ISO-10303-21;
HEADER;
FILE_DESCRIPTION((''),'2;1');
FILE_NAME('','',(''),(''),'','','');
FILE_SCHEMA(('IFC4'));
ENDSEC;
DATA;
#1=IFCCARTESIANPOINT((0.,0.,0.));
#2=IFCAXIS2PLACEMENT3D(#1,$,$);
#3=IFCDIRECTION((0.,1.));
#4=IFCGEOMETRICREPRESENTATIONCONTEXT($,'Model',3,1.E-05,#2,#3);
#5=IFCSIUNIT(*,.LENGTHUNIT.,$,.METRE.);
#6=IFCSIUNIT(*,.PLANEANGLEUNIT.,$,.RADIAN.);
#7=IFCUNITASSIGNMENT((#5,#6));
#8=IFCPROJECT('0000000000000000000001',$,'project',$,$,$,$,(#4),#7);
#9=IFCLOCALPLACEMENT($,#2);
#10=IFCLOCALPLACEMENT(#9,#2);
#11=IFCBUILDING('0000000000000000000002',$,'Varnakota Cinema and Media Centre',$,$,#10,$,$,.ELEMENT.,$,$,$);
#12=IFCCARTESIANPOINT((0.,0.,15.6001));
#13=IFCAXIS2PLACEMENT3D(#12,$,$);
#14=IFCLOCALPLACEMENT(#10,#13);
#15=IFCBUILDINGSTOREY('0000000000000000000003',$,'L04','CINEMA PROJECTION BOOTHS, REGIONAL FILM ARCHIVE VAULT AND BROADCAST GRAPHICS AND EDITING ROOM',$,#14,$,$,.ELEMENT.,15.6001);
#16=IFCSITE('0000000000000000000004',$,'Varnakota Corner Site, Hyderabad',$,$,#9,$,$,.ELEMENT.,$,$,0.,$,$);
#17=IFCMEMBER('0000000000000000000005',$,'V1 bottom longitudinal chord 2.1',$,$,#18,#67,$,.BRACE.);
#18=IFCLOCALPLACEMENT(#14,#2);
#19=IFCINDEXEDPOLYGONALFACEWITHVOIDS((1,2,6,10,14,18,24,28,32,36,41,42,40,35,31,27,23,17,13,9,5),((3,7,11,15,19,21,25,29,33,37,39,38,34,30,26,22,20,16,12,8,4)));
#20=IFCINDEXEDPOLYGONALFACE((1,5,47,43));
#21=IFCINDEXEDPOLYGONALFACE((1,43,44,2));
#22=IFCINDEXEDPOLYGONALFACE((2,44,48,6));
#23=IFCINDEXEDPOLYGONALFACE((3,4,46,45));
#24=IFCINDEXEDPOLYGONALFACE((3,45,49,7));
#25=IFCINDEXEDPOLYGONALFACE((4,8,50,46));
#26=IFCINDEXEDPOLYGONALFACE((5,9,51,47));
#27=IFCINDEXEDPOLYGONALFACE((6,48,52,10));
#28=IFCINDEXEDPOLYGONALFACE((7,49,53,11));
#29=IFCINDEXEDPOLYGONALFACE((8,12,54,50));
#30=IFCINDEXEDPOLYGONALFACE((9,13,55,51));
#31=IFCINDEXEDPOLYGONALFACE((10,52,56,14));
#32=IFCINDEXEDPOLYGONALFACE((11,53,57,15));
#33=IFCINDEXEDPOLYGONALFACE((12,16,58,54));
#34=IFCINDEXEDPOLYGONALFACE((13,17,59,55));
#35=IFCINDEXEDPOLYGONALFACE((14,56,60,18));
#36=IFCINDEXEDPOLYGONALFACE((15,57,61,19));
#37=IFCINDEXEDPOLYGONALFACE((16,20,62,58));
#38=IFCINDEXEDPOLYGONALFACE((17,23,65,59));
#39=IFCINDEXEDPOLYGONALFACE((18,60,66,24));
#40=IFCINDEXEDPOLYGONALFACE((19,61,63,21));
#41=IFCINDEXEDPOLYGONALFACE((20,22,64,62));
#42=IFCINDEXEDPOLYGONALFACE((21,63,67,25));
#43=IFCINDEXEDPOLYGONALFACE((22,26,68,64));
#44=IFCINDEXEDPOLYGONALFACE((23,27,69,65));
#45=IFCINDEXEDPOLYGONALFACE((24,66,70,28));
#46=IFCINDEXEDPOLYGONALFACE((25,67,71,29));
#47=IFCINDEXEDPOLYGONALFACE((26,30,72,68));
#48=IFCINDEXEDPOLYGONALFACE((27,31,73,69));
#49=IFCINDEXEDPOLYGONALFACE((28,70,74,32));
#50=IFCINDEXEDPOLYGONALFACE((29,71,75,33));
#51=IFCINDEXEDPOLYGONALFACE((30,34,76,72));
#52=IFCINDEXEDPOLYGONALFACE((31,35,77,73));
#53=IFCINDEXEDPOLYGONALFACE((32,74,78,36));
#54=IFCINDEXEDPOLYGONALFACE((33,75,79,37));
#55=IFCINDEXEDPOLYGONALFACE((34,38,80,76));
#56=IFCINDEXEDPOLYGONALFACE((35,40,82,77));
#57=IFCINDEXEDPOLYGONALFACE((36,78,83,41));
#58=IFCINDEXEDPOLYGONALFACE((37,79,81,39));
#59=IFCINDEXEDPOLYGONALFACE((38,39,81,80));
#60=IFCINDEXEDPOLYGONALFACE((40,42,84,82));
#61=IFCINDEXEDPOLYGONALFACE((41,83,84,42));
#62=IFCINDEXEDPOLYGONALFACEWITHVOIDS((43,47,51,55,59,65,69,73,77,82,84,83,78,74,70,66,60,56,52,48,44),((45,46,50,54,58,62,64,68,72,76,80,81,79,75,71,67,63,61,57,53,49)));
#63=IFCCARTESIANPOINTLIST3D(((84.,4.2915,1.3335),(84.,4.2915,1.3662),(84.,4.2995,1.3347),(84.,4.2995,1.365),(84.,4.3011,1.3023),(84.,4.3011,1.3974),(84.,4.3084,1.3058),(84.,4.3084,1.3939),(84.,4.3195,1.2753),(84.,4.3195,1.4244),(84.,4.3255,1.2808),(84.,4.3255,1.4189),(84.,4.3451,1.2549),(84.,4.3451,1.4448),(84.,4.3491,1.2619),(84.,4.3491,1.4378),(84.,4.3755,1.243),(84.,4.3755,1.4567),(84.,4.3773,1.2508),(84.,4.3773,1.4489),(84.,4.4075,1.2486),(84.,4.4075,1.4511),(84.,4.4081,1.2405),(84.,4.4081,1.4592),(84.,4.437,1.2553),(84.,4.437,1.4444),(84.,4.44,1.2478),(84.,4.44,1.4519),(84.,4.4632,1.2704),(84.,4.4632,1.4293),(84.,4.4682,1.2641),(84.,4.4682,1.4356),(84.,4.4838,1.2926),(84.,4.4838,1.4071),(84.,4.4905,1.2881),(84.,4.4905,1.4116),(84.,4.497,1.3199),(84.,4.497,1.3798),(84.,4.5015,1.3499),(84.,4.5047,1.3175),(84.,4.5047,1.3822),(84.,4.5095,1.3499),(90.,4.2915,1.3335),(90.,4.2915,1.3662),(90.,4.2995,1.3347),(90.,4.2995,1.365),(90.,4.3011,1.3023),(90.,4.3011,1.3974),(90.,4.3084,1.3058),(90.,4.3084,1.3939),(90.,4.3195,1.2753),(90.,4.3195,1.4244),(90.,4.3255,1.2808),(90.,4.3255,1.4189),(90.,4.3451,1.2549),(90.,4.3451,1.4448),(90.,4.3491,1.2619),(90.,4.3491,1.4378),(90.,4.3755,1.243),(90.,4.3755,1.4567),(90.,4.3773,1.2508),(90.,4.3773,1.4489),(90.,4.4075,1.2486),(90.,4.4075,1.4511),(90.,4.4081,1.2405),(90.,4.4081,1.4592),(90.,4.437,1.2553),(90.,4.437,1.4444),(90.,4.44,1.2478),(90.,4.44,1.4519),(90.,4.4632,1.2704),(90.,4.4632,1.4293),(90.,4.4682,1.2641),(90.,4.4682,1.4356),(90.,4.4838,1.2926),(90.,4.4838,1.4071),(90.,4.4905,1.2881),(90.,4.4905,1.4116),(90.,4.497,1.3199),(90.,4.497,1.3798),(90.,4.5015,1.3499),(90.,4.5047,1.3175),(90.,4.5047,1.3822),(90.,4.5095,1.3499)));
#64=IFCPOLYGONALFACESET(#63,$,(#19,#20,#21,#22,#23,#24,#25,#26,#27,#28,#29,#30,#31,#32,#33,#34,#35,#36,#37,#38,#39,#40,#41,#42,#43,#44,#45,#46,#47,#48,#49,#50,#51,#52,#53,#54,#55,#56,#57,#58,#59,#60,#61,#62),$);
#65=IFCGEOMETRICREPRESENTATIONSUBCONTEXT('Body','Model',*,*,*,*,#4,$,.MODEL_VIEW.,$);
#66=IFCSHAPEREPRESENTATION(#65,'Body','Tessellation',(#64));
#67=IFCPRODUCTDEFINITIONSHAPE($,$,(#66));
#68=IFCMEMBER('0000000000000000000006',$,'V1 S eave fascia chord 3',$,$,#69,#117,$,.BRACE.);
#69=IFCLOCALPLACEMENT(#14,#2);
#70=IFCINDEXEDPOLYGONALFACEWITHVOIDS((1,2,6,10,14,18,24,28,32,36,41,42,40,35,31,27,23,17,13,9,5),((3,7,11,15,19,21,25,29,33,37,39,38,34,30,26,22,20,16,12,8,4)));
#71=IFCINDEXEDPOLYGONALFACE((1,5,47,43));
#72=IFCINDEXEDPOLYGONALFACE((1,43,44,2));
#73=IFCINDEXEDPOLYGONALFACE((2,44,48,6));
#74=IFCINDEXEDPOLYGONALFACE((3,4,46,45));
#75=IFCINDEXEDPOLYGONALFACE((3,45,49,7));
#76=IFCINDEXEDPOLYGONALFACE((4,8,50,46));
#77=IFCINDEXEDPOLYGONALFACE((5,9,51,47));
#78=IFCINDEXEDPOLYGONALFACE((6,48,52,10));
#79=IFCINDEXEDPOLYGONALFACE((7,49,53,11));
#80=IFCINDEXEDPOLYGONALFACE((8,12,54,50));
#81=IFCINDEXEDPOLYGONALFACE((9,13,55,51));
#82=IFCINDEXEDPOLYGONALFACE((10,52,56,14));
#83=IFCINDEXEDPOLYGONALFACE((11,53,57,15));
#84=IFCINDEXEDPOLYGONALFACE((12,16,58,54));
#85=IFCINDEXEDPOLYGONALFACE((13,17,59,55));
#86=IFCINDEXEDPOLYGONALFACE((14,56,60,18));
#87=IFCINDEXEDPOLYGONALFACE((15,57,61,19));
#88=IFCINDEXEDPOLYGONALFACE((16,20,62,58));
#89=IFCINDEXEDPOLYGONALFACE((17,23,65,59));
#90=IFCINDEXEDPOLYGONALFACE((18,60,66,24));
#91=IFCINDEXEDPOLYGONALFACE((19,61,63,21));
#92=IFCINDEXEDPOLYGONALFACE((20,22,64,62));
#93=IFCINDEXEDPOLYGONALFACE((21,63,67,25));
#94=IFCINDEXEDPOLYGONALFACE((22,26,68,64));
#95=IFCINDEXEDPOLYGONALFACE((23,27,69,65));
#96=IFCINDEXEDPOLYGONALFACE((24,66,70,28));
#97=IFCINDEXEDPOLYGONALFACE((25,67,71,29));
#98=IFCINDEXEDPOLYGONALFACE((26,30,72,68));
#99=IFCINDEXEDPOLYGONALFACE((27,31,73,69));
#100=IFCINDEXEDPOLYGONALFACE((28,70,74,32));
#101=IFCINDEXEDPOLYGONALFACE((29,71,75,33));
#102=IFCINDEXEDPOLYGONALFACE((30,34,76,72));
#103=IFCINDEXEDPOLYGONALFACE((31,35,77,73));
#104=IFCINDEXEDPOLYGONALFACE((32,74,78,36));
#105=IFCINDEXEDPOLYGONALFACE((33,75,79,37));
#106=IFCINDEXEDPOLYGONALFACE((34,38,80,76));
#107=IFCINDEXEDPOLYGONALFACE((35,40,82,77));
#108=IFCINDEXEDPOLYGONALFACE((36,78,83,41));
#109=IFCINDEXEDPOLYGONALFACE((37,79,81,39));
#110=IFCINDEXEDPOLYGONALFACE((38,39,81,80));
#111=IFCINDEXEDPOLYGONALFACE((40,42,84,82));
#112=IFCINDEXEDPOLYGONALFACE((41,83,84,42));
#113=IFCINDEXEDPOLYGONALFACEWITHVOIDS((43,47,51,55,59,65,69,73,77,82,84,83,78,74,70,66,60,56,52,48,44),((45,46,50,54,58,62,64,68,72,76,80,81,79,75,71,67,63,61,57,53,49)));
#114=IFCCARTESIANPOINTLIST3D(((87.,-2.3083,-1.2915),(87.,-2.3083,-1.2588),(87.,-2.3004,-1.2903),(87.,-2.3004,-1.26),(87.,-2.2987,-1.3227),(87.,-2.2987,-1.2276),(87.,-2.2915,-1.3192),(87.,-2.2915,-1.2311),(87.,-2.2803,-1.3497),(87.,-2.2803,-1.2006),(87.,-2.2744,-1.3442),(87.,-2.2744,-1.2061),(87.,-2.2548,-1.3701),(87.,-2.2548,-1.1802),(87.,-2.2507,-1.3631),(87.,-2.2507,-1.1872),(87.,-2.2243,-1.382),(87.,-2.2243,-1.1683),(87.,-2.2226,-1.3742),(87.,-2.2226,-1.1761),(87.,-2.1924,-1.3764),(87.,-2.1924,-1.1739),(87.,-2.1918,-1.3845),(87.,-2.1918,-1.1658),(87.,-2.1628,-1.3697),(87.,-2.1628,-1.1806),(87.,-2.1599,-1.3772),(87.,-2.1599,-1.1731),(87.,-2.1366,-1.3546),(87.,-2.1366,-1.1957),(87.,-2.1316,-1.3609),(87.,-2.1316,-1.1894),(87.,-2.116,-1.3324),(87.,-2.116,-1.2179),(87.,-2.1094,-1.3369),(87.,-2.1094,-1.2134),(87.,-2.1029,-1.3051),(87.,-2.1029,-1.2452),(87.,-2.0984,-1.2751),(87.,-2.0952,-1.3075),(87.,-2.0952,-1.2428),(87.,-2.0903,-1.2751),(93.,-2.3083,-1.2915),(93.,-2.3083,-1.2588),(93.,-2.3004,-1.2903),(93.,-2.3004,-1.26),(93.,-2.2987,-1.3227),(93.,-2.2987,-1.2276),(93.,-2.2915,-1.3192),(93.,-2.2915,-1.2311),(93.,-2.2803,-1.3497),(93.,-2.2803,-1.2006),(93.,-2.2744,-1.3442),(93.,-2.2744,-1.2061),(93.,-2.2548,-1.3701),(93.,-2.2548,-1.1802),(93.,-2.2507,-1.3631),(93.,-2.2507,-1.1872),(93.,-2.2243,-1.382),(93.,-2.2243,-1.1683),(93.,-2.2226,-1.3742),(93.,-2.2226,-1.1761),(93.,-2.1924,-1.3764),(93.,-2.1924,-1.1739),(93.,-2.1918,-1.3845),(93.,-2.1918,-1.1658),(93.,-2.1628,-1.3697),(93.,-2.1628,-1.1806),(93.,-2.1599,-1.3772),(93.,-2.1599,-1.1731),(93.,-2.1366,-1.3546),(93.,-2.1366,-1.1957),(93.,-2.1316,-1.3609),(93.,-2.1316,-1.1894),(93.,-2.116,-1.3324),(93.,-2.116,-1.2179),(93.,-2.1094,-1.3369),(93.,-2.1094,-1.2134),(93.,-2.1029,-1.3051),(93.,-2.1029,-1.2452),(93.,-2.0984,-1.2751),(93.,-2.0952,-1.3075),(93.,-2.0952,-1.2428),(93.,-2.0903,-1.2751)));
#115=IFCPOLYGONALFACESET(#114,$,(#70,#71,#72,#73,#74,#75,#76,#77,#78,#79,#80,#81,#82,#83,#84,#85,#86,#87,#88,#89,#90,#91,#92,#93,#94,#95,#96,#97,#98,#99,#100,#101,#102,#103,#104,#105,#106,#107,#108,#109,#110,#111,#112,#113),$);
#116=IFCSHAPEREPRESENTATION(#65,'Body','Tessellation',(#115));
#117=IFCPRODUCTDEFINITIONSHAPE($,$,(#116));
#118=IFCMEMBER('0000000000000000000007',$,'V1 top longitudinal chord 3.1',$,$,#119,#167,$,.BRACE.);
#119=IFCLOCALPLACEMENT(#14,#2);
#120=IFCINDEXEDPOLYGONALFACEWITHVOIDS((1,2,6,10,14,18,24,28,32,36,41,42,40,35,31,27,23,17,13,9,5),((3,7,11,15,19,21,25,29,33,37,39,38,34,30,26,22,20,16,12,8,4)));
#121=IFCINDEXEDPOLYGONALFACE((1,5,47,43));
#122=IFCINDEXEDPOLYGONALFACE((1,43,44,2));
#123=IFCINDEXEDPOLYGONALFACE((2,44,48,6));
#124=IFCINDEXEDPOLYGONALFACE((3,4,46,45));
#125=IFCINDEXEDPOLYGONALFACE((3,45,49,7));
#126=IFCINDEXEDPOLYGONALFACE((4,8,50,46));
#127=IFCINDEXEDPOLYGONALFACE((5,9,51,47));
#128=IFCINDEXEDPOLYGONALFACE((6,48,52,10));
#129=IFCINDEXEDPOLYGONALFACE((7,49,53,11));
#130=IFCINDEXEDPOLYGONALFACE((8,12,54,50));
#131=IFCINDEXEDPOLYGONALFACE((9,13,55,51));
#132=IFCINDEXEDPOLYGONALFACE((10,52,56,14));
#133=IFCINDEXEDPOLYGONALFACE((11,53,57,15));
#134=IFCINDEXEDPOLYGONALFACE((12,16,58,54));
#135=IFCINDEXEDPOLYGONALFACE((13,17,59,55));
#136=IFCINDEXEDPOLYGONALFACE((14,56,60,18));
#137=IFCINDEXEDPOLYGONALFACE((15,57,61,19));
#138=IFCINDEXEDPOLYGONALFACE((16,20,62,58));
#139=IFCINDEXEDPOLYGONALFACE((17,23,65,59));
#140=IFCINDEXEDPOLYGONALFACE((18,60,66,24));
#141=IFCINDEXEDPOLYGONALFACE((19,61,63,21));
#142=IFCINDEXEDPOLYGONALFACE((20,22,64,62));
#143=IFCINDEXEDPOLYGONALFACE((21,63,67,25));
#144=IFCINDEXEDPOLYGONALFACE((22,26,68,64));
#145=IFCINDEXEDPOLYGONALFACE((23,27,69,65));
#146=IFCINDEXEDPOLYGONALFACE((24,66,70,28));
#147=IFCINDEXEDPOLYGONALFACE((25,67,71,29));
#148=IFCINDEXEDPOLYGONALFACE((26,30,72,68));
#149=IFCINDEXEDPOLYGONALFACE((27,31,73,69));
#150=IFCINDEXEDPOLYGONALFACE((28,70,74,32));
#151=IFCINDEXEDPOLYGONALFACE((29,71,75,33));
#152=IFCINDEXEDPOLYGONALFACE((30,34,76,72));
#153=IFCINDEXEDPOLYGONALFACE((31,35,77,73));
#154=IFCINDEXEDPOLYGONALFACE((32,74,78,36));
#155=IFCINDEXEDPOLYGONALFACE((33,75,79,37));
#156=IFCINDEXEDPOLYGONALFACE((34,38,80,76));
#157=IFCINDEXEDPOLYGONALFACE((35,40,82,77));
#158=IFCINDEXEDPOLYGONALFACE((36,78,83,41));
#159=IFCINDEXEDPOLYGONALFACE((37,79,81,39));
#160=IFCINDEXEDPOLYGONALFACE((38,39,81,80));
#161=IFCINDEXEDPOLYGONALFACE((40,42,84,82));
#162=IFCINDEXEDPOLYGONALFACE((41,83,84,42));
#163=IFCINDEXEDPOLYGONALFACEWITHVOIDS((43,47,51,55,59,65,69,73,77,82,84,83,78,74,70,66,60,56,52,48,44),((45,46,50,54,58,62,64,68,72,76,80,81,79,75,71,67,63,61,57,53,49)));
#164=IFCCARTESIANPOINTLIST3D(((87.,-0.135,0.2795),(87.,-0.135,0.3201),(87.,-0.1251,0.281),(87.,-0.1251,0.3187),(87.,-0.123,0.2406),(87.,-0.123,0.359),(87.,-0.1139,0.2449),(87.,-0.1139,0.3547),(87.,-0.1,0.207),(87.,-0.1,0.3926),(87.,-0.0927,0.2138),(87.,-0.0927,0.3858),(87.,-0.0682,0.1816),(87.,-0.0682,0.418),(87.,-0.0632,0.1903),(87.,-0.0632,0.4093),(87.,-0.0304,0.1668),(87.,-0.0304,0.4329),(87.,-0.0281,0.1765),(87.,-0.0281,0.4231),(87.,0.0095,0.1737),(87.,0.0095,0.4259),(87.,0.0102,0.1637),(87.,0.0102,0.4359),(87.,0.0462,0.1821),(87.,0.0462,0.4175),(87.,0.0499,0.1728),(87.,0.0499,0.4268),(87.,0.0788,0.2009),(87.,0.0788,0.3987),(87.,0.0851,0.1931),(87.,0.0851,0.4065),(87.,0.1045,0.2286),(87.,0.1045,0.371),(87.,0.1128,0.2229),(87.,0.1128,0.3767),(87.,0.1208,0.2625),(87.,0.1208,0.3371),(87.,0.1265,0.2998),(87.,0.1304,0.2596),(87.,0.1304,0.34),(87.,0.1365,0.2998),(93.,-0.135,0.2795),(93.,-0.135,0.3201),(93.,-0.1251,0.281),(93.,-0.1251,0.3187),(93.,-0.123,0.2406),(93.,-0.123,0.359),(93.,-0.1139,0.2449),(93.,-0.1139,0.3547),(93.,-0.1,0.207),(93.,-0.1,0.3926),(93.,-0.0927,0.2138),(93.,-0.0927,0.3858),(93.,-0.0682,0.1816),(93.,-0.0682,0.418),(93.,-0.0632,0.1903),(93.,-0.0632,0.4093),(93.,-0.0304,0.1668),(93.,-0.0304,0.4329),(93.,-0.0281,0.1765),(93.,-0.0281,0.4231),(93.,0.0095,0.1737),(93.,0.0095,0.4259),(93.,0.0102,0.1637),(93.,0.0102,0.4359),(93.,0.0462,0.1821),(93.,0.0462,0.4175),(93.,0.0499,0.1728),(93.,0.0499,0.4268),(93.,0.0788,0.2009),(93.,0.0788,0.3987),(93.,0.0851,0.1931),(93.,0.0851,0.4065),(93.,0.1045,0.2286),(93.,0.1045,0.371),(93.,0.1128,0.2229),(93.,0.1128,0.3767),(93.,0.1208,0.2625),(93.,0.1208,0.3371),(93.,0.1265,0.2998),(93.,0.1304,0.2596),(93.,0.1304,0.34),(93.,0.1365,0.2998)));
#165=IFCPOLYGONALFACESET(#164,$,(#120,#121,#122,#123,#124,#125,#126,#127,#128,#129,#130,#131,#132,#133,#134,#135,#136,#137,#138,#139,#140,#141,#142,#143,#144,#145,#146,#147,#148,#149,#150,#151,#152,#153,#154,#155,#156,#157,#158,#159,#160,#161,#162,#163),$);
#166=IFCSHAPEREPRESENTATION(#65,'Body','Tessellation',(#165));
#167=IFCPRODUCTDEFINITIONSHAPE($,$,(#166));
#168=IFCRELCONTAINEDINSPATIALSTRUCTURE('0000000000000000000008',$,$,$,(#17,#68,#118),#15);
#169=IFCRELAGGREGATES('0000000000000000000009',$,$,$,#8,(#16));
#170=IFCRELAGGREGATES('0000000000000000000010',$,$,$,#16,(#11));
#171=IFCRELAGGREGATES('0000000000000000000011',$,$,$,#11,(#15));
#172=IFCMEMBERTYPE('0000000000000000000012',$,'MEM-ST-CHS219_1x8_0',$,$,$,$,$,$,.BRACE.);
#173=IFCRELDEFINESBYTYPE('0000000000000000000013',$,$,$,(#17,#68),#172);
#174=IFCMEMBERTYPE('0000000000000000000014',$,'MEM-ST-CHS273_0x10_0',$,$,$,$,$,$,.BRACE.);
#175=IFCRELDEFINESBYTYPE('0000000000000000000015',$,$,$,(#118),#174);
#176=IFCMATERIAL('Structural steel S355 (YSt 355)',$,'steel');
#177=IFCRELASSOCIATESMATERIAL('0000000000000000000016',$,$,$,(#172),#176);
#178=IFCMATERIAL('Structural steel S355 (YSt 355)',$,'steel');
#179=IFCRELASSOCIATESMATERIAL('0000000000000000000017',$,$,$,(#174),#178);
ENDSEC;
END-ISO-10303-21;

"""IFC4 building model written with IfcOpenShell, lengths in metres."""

from ifc_helpers import new_model, si_unit, direction, frame, origin, origin_2d, place, context, subcontext, project, spatial, hollow_circle, extrude, material, material_profile, profile_set, type_object, element, save


model = new_model("IFC4")

# Units and contexts
model_context = context("Model", 3, precision=1e-05, world=origin(), true_north=direction((0.0, 1.0)))
body_context = subcontext(model_context, "Body", "Model", "MODEL_VIEW")
ifc_project = project(units=[si_unit("LENGTHUNIT", "METRE"), si_unit("PLANEANGLEUNIT", "RADIAN")], contexts=[model_context])

# Site, building, storey
site_placement = place(None, origin())
site = spatial("IfcSite", under=ifc_project, at=site_placement, Name="Varnakota Corner Site, Hyderabad", CompositionType="ELEMENT", RefElevation=0.0)
building_placement = place(site_placement, origin())
building = spatial("IfcBuilding", under=site, at=building_placement, Name="Varnakota Cinema and Media Centre", CompositionType="ELEMENT")
storey_placement = place(building_placement, frame((0.0, 0.0, 15.6001)))
storey = spatial("IfcBuildingStorey", under=building, at=storey_placement, Name="L04", Description="CINEMA PROJECTION BOOTHS, REGIONAL FILM ARCHIVE VAULT AND BROADCAST GRAPHICS AND EDITING ROOM", CompositionType="ELEMENT", Elevation=15.6001)

# Members
ifc_material_1 = material(Name="Structural steel S355 (YSt 355)", Category="steel")
ifc_material_profile_1 = material_profile(ifc_material_1, hollow_circle(Radius=0.1096, WallThickness=0.0081, at=origin_2d()), Name="CHS 219.1x8.0")
ifc_profile_set_1 = profile_set([ifc_material_profile_1], Name="Structural steel S355 (YSt 355)")
member_type_1 = type_object("IfcMemberType", Name="MEM-ST-CHS219_1x8_0", PredefinedType="BRACE", material=ifc_profile_set_1)
for number, where, z_axis, x_axis, name in (
    (1, (84.0, 4.3999, 1.3499), (1.0, 0.0, 0.0), (0.0, 1.0, 0.0), "V1 bottom longitudinal chord 2.1"),
    (2, (87.0, -2.2, -1.2751), (1.0, 0.0, 0.0), (0.0, 1.0, 0.0), "V1 S eave fascia chord 3"),
):
    element("IfcMember", number, at=place(storey_placement, frame(where, z_axis=z_axis, x_axis=x_axis)), inside=storey, type_object=member_type_1, Name=name, PredefinedType="BRACE", context=body_context, shape_type="SweptSolid", body=[
        extrude(hollow_circle(Radius=0.1096, WallThickness=0.0081, at=origin_2d()), origin(), (0.0, 0.0, 1.0), 6.0),
    ])
ifc_material_2 = material(Name="Structural steel S355 (YSt 355)", Category="steel")
ifc_material_profile_2 = material_profile(ifc_material_2, hollow_circle(Radius=0.1365, WallThickness=0.01, at=origin_2d()), Name="CHS 273.0x10.0")
ifc_profile_set_2 = profile_set([ifc_material_profile_2], Name="Structural steel S355 (YSt 355)")
member_type_2 = type_object("IfcMemberType", Name="MEM-ST-CHS273_0x10_0", PredefinedType="BRACE", material=ifc_profile_set_2)
member_1_placement = place(storey_placement, frame((87.0, 0.0, 0.2998), z_axis=(1.0, 0.0, 0.0), x_axis=(0.0, 1.0, 0.0)))
element("IfcMember", 3, at=member_1_placement, inside=storey, type_object=member_type_2, Name="V1 top longitudinal chord 3.1", PredefinedType="BRACE", context=body_context, shape_type="SweptSolid", body=[
    extrude(hollow_circle(Radius=0.1365, WallThickness=0.01, at=origin_2d()), origin(), (0.0, 0.0, 1.0), 6.0),
])

save(model, "model.ifc")
